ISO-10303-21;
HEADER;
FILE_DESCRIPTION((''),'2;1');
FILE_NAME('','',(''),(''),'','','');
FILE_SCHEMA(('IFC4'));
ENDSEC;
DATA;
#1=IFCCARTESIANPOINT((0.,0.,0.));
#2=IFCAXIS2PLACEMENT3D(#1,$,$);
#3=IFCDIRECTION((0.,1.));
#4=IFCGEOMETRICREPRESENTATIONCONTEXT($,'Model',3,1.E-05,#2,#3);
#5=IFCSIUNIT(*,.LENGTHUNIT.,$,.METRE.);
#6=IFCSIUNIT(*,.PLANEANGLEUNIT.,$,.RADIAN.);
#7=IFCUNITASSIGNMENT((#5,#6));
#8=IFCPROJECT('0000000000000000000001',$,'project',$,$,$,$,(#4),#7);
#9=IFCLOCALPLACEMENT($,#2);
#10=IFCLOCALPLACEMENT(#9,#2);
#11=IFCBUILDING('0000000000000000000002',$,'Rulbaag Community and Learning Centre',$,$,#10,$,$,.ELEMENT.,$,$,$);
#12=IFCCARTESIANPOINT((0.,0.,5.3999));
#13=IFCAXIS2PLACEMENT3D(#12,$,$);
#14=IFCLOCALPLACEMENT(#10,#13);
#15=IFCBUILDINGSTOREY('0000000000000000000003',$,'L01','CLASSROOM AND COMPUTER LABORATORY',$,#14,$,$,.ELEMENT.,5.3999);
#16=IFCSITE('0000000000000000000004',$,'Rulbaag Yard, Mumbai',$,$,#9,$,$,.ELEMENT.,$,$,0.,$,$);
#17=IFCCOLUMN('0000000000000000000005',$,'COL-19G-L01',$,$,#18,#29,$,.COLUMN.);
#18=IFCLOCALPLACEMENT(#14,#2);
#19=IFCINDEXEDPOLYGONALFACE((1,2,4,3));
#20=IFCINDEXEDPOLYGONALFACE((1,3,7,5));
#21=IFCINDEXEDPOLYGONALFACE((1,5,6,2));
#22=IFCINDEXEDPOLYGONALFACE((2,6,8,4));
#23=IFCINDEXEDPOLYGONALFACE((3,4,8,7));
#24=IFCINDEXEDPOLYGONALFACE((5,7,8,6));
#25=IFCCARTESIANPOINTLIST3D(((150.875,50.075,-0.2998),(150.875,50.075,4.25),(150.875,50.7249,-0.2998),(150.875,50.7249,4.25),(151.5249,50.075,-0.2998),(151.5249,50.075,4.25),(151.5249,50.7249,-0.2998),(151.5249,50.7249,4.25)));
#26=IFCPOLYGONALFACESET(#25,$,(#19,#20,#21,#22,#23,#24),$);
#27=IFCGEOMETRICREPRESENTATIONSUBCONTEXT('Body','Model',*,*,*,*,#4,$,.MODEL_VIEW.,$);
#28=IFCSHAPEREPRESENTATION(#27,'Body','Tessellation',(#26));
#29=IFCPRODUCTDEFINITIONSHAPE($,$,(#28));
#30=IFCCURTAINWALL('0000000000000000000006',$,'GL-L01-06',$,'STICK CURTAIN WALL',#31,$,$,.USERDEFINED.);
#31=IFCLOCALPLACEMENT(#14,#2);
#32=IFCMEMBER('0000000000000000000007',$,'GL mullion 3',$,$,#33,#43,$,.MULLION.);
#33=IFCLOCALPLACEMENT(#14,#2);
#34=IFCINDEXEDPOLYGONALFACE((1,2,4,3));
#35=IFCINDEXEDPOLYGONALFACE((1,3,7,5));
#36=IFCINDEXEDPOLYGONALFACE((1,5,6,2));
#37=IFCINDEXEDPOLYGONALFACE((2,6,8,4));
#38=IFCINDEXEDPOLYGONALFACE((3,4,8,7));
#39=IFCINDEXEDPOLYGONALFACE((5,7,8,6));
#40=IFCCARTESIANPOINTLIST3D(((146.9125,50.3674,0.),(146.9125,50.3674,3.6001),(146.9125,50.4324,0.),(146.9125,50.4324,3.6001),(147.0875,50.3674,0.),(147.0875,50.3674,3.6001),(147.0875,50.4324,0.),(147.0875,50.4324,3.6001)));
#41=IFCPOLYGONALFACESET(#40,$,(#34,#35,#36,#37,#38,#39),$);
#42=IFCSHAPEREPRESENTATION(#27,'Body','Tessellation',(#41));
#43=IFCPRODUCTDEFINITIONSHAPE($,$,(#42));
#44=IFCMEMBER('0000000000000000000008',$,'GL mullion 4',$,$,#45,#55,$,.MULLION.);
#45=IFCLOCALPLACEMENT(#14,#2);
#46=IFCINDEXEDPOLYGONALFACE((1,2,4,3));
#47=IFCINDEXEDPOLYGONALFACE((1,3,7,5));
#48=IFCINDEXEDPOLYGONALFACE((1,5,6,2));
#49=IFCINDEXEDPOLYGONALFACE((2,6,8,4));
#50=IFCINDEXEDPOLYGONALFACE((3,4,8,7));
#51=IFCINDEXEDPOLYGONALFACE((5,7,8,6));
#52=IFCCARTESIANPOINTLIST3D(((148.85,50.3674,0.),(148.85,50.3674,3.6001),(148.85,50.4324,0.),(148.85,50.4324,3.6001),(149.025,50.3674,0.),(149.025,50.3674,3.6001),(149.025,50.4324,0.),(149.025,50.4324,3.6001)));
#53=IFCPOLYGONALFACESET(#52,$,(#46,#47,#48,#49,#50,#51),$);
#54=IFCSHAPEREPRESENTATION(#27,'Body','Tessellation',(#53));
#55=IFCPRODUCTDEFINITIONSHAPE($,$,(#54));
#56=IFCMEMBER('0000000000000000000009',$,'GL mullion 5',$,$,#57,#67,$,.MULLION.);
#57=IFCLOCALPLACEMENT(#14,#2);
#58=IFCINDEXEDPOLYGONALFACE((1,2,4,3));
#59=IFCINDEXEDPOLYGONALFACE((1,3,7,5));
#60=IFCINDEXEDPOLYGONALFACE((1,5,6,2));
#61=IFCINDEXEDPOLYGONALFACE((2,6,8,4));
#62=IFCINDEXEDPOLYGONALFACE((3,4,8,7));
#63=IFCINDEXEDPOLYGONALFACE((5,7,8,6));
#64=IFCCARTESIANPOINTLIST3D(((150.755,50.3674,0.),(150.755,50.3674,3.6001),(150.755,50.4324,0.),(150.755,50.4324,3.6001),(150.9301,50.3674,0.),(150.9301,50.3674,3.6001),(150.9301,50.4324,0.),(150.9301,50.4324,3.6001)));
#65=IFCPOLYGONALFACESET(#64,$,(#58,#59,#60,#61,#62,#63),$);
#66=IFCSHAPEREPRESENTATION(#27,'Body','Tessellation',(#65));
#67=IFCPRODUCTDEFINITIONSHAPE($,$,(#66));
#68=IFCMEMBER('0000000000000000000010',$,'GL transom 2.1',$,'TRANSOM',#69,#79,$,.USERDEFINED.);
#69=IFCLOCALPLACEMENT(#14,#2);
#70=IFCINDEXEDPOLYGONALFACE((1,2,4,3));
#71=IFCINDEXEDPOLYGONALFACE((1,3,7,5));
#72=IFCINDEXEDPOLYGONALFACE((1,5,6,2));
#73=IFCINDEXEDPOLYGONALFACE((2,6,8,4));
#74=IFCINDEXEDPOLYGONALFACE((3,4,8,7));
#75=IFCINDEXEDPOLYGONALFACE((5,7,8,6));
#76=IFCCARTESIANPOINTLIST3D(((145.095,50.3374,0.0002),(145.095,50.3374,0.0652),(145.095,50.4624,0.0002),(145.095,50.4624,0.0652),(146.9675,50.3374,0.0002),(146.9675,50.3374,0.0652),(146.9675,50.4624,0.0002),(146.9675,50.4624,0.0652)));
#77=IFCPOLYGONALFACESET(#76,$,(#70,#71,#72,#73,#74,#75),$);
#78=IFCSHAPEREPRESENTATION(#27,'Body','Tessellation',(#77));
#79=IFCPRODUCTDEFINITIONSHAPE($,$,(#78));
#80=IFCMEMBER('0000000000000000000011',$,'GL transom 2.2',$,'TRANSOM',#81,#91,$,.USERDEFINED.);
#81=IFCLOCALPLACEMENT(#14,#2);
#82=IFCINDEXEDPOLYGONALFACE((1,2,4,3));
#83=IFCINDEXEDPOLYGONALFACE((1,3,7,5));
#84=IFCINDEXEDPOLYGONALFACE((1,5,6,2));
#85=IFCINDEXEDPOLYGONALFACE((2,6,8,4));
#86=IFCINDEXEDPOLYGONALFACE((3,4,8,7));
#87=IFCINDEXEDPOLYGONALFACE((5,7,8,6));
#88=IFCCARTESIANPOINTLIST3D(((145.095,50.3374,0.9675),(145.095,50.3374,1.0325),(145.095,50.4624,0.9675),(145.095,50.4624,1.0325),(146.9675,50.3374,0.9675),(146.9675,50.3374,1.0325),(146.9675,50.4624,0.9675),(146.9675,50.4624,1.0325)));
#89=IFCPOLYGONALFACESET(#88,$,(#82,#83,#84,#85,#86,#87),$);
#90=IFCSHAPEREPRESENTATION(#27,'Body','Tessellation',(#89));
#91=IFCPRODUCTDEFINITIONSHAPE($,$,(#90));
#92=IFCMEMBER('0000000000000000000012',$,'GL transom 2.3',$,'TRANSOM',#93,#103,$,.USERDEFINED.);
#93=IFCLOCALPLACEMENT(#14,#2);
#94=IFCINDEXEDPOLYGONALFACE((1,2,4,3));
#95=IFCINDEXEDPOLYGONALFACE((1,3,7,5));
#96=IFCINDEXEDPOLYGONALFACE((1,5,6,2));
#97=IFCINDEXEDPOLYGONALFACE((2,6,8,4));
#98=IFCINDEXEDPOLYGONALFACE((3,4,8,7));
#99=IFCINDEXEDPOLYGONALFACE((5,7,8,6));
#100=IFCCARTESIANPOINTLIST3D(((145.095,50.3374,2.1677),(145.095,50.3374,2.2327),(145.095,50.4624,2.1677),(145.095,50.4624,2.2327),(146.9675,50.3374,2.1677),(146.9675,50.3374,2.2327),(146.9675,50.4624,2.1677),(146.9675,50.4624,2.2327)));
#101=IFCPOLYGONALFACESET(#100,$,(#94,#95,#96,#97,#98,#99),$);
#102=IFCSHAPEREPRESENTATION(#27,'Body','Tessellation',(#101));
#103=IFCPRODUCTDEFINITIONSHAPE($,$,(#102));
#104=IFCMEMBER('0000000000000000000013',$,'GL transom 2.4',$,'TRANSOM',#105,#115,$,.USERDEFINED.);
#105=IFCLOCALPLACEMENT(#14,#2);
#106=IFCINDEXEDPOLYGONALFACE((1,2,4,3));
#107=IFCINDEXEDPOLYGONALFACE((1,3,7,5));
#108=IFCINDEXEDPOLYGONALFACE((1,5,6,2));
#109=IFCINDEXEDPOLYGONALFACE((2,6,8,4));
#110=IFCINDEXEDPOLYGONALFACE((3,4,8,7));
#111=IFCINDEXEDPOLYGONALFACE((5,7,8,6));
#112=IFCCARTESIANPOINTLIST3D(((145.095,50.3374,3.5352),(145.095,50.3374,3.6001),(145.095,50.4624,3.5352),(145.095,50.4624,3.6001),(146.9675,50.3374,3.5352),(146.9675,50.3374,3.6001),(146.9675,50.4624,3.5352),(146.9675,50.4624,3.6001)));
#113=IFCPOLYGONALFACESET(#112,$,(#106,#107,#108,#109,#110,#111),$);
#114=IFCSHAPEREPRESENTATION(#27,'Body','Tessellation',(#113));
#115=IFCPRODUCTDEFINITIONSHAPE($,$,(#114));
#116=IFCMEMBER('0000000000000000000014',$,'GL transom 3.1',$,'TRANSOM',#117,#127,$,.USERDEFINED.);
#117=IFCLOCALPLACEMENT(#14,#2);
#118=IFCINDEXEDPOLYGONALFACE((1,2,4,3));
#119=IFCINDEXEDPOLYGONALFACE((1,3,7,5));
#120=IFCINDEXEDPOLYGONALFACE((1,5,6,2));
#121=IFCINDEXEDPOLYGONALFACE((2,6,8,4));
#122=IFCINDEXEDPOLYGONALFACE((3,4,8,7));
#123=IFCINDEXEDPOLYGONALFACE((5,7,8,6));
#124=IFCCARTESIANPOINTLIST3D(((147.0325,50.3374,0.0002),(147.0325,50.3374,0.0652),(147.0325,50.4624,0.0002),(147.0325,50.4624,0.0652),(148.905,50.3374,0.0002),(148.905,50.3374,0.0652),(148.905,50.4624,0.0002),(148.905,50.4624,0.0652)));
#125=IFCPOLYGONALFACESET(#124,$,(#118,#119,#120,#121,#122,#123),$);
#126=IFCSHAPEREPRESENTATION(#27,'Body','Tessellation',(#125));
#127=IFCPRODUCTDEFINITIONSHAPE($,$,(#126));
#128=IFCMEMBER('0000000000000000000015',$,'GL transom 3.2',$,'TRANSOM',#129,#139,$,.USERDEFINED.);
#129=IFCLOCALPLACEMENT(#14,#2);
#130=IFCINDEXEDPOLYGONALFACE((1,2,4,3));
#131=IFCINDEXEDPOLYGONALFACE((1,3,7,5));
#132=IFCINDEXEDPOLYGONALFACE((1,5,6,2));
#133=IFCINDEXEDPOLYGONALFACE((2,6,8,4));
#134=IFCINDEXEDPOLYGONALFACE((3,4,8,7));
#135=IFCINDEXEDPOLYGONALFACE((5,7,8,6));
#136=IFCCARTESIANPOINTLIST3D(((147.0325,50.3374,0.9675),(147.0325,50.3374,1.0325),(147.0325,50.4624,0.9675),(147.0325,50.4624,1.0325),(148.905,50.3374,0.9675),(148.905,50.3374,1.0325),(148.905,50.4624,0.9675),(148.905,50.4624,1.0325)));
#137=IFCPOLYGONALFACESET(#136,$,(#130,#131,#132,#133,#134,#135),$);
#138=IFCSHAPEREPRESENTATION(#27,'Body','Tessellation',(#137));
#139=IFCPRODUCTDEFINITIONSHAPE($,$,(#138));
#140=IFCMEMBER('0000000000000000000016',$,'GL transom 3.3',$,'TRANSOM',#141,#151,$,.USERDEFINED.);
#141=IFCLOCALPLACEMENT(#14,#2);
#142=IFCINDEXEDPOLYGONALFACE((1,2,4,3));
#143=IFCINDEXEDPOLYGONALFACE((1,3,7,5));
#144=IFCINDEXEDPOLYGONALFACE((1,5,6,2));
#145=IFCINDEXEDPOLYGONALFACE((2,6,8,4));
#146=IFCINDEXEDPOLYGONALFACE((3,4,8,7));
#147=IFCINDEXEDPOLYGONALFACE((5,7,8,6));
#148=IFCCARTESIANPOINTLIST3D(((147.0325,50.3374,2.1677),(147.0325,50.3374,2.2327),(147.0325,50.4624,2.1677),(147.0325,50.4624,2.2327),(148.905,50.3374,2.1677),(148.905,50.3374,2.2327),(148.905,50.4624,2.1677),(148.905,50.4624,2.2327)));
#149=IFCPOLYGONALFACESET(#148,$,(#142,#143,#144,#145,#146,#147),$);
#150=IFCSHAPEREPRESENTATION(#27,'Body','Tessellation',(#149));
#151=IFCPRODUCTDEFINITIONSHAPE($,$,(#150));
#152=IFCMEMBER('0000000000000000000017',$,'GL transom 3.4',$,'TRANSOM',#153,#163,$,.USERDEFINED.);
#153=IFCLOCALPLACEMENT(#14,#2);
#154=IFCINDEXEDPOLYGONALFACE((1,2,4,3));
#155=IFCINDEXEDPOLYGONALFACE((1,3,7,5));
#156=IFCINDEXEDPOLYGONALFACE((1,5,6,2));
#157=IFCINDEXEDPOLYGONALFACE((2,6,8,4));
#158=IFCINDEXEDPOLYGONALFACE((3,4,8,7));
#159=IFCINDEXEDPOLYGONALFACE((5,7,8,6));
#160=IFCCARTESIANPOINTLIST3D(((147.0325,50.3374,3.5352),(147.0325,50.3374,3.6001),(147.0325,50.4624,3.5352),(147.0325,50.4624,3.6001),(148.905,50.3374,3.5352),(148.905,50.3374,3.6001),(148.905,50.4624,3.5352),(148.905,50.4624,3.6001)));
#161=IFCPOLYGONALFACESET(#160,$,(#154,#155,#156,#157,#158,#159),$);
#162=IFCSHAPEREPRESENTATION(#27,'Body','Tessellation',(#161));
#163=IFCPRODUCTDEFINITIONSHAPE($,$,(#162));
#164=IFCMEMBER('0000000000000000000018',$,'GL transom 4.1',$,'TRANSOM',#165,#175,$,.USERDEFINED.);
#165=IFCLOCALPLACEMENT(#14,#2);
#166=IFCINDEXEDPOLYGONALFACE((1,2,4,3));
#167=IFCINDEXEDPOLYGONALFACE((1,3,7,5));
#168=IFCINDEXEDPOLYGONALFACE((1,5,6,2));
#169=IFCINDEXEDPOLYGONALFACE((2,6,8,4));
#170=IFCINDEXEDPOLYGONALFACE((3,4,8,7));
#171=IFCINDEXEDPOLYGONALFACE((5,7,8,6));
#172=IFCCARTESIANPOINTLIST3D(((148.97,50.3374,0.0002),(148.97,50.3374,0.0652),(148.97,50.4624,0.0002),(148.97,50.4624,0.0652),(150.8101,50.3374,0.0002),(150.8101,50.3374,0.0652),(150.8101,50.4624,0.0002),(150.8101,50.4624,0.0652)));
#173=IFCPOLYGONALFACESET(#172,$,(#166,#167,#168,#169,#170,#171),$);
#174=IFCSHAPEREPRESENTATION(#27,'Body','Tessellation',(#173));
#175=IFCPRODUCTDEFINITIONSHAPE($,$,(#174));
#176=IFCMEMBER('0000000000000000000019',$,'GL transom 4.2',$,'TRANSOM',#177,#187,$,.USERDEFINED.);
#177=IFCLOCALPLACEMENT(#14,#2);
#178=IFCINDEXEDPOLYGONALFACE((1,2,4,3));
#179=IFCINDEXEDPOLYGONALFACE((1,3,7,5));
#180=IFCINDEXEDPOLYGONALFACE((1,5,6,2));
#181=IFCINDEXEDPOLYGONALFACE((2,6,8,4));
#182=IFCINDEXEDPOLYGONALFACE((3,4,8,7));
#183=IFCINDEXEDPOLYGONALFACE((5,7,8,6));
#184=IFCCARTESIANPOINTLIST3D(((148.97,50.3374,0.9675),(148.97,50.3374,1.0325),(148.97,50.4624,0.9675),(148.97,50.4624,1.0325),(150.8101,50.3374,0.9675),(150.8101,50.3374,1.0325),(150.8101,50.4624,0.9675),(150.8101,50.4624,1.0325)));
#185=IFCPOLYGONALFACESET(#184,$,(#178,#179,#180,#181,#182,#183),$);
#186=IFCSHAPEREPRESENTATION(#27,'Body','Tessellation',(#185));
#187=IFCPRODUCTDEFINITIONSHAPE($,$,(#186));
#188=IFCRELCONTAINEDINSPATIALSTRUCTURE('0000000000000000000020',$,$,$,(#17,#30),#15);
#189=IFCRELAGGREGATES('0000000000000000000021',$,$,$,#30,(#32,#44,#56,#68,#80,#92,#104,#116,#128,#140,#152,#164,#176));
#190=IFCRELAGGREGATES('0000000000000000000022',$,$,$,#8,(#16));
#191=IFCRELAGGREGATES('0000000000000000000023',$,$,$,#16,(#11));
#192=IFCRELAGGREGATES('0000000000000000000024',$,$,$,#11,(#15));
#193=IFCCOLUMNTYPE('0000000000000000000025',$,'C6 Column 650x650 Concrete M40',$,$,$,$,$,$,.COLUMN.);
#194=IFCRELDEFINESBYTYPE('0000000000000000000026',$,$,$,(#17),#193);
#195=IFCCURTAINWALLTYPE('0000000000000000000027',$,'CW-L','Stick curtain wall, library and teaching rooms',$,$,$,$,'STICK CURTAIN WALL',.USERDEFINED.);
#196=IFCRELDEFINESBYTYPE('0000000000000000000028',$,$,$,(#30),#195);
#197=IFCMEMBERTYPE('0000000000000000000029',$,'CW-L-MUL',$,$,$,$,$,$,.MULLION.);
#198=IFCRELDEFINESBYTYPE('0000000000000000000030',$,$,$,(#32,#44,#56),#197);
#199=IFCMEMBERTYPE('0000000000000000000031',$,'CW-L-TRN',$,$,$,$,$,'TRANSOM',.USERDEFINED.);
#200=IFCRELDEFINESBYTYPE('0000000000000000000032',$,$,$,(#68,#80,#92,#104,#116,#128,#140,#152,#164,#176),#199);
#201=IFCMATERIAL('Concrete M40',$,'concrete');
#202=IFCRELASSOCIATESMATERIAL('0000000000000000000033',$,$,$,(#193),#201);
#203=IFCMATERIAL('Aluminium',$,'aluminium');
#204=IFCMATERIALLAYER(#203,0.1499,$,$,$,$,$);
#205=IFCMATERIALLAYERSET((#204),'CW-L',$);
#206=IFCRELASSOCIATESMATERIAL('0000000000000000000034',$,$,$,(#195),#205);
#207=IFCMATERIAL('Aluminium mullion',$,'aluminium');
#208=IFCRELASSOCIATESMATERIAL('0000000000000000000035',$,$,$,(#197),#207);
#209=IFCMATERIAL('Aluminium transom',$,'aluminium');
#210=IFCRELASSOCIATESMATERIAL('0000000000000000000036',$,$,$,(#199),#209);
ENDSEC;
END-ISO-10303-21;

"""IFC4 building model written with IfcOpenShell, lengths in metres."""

from ifc_helpers import new_model, si_unit, direction, frame, origin, origin_2d, place, context, subcontext, project, spatial, rectangle, extrude, material, layer, layer_set, material_profile, profile_set, type_object, element, aggregate, save


model = new_model("IFC4")

# Units and contexts
model_context = context("Model", 3, precision=1e-05, world=origin(), true_north=direction((0.0, 1.0)))
body_context = subcontext(model_context, "Body", "Model", "MODEL_VIEW")
ifc_project = project(units=[si_unit("LENGTHUNIT", "METRE"), si_unit("PLANEANGLEUNIT", "RADIAN")], contexts=[model_context])

# Site, building, storey
site_placement = place(None, origin())
site = spatial("IfcSite", under=ifc_project, at=site_placement, Name="Rulbaag Yard, Mumbai", CompositionType="ELEMENT", RefElevation=0.0)
building_placement = place(site_placement, origin())
building = spatial("IfcBuilding", under=site, at=building_placement, Name="Rulbaag Community and Learning Centre", CompositionType="ELEMENT")
storey_placement = place(building_placement, frame((0.0, 0.0, 5.3999)))
storey = spatial("IfcBuildingStorey", under=building, at=storey_placement, Name="L01", Description="CLASSROOM AND COMPUTER LABORATORY", CompositionType="ELEMENT", Elevation=5.3999)

# Column
ifc_material_1 = material(Name="Concrete M40", Category="concrete")
ifc_material_profile_1 = material_profile(ifc_material_1, rectangle(XDim=0.6499, YDim=0.6499, at=origin_2d()), Name="RC650x650")
ifc_profile_set_1 = profile_set([ifc_material_profile_1], Name="Concrete M40")
column_type = type_object("IfcColumnType", Name="C6 Column 650x650 Concrete M40", PredefinedType="COLUMN", material=ifc_profile_set_1)
column_placement = place(storey_placement, frame((151.2, 50.3999, -0.2998), z_axis=(0.0, 0.0, 1.0), x_axis=(1.0, 0.0, 0.0)))
element("IfcColumn", 1, at=column_placement, inside=storey, type_object=column_type, Name="COL-19G-L01", PredefinedType="COLUMN", context=body_context, shape_type="SweptSolid", body=[
    extrude(rectangle(XDim=0.6499, YDim=0.6499, at=origin_2d()), origin(), (0.0, 0.0, 1.0), 4.5498),
])

# Curtain wall, members
ifc_material_2 = material(Name="Aluminium", Category="aluminium")
ifc_layer_1 = layer(ifc_material_2, 0.1499)
ifc_layer_set_1 = layer_set([ifc_layer_1], Name="CW-L")
curtain_wall_type = type_object("IfcCurtainWallType", Name="CW-L", Description="Stick curtain wall, library and teaching rooms", ElementType="STICK CURTAIN WALL", PredefinedType="USERDEFINED", material=ifc_layer_set_1)
curtain_wall_placement = place(storey_placement, origin())
curtain_wall = element("IfcCurtainWall", 2, at=curtain_wall_placement, inside=storey, type_object=curtain_wall_type, Name="GL-L01-06", ObjectType="STICK CURTAIN WALL", PredefinedType="USERDEFINED")
ifc_material_3 = material(Name="Aluminium mullion", Category="aluminium")
ifc_material_profile_2 = material_profile(ifc_material_3, rectangle(XDim=0.0649, YDim=0.175, at=origin_2d()), Name="AL 65x175")
ifc_profile_set_2 = profile_set([ifc_material_profile_2], Name="Aluminium mullion")
member_type_1 = type_object("IfcMemberType", Name="CW-L-MUL", PredefinedType="MULLION", material=ifc_profile_set_2)
member_1_placement = place(storey_placement, frame((147.0, 50.3999, 0.0), z_axis=(0.0, 0.0, 1.0), x_axis=(0.0, 1.0, 0.0)))
member_1 = element("IfcMember", 3, at=member_1_placement, type_object=member_type_1, Name="GL mullion 3", PredefinedType="MULLION", context=body_context, shape_type="SweptSolid", body=[
    extrude(rectangle(XDim=0.0649, YDim=0.175, at=origin_2d()), origin(), (0.0, 0.0, 1.0), 3.6001),
])
member_2_placement = place(storey_placement, frame((148.9375, 50.3999, 0.0), z_axis=(0.0, 0.0, 1.0), x_axis=(0.0, 1.0, 0.0)))
member_2 = element("IfcMember", 4, at=member_2_placement, type_object=member_type_1, Name="GL mullion 4", PredefinedType="MULLION", context=body_context, shape_type="SweptSolid", body=[
    extrude(rectangle(XDim=0.0649, YDim=0.175, at=origin_2d()), origin(), (0.0, 0.0, 1.0), 3.6001),
])
member_3_placement = place(storey_placement, frame((150.8425, 50.3999, 0.0), z_axis=(0.0, 0.0, 1.0), x_axis=(0.0, 1.0, 0.0)))
member_3 = element("IfcMember", 5, at=member_3_placement, type_object=member_type_1, Name="GL mullion 5", PredefinedType="MULLION", context=body_context, shape_type="SweptSolid", body=[
    extrude(rectangle(XDim=0.0649, YDim=0.175, at=origin_2d()), origin(), (0.0, 0.0, 1.0), 3.6001),
])
ifc_material_4 = material(Name="Aluminium transom", Category="aluminium")
ifc_material_profile_3 = material_profile(ifc_material_4, rectangle(XDim=0.125, YDim=0.0649, at=origin_2d()), Name="AL 65x125 T")
ifc_profile_set_3 = profile_set([ifc_material_profile_3], Name="Aluminium transom")
member_type_2 = type_object("IfcMemberType", Name="CW-L-TRN", ElementType="TRANSOM", PredefinedType="USERDEFINED", material=ifc_profile_set_3)
member_4_placement = place(storey_placement, frame((145.095, 50.3999, 0.0327), z_axis=(1.0, 0.0, 0.0), x_axis=(0.0, 1.0, 0.0)))
member_4 = element("IfcMember", 6, at=member_4_placement, type_object=member_type_2, Name="GL transom 2.1", ObjectType="TRANSOM", PredefinedType="USERDEFINED", context=body_context, shape_type="SweptSolid", body=[
    extrude(rectangle(XDim=0.125, YDim=0.0649, at=origin_2d()), origin(), (0.0, 0.0, 1.0), 1.8726),
])
member_5_placement = place(storey_placement, frame((145.095, 50.3999, 1.0), z_axis=(1.0, 0.0, 0.0), x_axis=(0.0, 1.0, 0.0)))
member_5 = element("IfcMember", 7, at=member_5_placement, type_object=member_type_2, Name="GL transom 2.2", ObjectType="TRANSOM", PredefinedType="USERDEFINED", context=body_context, shape_type="SweptSolid", body=[
    extrude(rectangle(XDim=0.125, YDim=0.0649, at=origin_2d()), origin(), (0.0, 0.0, 1.0), 1.8726),
])
member_6_placement = place(storey_placement, frame((145.095, 50.3999, 2.2002), z_axis=(1.0, 0.0, 0.0), x_axis=(0.0, 1.0, 0.0)))
member_6 = element("IfcMember", 8, at=member_6_placement, type_object=member_type_2, Name="GL transom 2.3", ObjectType="TRANSOM", PredefinedType="USERDEFINED", context=body_context, shape_type="SweptSolid", body=[
    extrude(rectangle(XDim=0.125, YDim=0.0649, at=origin_2d()), origin(), (0.0, 0.0, 1.0), 1.8726),
])
member_7_placement = place(storey_placement, frame((145.095, 50.3999, 3.5676), z_axis=(1.0, 0.0, 0.0), x_axis=(0.0, 1.0, 0.0)))
member_7 = element("IfcMember", 9, at=member_7_placement, type_object=member_type_2, Name="GL transom 2.4", ObjectType="TRANSOM", PredefinedType="USERDEFINED", context=body_context, shape_type="SweptSolid", body=[
    extrude(rectangle(XDim=0.125, YDim=0.0649, at=origin_2d()), origin(), (0.0, 0.0, 1.0), 1.8726),
])
member_8_placement = place(storey_placement, frame((147.0325, 50.3999, 0.0327), z_axis=(1.0, 0.0, 0.0), x_axis=(0.0, 1.0, 0.0)))
member_8 = element("IfcMember", 10, at=member_8_placement, type_object=member_type_2, Name="GL transom 3.1", ObjectType="TRANSOM", PredefinedType="USERDEFINED", context=body_context, shape_type="SweptSolid", body=[
    extrude(rectangle(XDim=0.125, YDim=0.0649, at=origin_2d()), origin(), (0.0, 0.0, 1.0), 1.8726),
])
member_9_placement = place(storey_placement, frame((147.0325, 50.3999, 1.0), z_axis=(1.0, 0.0, 0.0), x_axis=(0.0, 1.0, 0.0)))
member_9 = element("IfcMember", 11, at=member_9_placement, type_object=member_type_2, Name="GL transom 3.2", ObjectType="TRANSOM", PredefinedType="USERDEFINED", context=body_context, shape_type="SweptSolid", body=[
    extrude(rectangle(XDim=0.125, YDim=0.0649, at=origin_2d()), origin(), (0.0, 0.0, 1.0), 1.8726),
])
member_10_placement = place(storey_placement, frame((147.0325, 50.3999, 2.2002), z_axis=(1.0, 0.0, 0.0), x_axis=(0.0, 1.0, 0.0)))
member_10 = element("IfcMember", 12, at=member_10_placement, type_object=member_type_2, Name="GL transom 3.3", ObjectType="TRANSOM", PredefinedType="USERDEFINED", context=body_context, shape_type="SweptSolid", body=[
    extrude(rectangle(XDim=0.125, YDim=0.0649, at=origin_2d()), origin(), (0.0, 0.0, 1.0), 1.8726),
])
member_11_placement = place(storey_placement, frame((147.0325, 50.3999, 3.5676), z_axis=(1.0, 0.0, 0.0), x_axis=(0.0, 1.0, 0.0)))
member_11 = element("IfcMember", 13, at=member_11_placement, type_object=member_type_2, Name="GL transom 3.4", ObjectType="TRANSOM", PredefinedType="USERDEFINED", context=body_context, shape_type="SweptSolid", body=[
    extrude(rectangle(XDim=0.125, YDim=0.0649, at=origin_2d()), origin(), (0.0, 0.0, 1.0), 1.8726),
])
member_12_placement = place(storey_placement, frame((148.97, 50.3999, 0.0327), z_axis=(1.0, 0.0, 0.0), x_axis=(0.0, 1.0, 0.0)))
member_12 = element("IfcMember", 14, at=member_12_placement, type_object=member_type_2, Name="GL transom 4.1", ObjectType="TRANSOM", PredefinedType="USERDEFINED", context=body_context, shape_type="SweptSolid", body=[
    extrude(rectangle(XDim=0.125, YDim=0.0649, at=origin_2d()), origin(), (0.0, 0.0, 1.0), 1.8401),
])
member_13_placement = place(storey_placement, frame((148.97, 50.3999, 1.0), z_axis=(1.0, 0.0, 0.0), x_axis=(0.0, 1.0, 0.0)))
member_13 = element("IfcMember", 15, at=member_13_placement, type_object=member_type_2, Name="GL transom 4.2", ObjectType="TRANSOM", PredefinedType="USERDEFINED", context=body_context, shape_type="SweptSolid", body=[
    extrude(rectangle(XDim=0.125, YDim=0.0649, at=origin_2d()), origin(), (0.0, 0.0, 1.0), 1.8401),
])
aggregate(curtain_wall, [member_1, member_2, member_3, member_4, member_5, member_6, member_7, member_8, member_9, member_10, member_11, member_12, member_13])

save(model, "model.ifc")
